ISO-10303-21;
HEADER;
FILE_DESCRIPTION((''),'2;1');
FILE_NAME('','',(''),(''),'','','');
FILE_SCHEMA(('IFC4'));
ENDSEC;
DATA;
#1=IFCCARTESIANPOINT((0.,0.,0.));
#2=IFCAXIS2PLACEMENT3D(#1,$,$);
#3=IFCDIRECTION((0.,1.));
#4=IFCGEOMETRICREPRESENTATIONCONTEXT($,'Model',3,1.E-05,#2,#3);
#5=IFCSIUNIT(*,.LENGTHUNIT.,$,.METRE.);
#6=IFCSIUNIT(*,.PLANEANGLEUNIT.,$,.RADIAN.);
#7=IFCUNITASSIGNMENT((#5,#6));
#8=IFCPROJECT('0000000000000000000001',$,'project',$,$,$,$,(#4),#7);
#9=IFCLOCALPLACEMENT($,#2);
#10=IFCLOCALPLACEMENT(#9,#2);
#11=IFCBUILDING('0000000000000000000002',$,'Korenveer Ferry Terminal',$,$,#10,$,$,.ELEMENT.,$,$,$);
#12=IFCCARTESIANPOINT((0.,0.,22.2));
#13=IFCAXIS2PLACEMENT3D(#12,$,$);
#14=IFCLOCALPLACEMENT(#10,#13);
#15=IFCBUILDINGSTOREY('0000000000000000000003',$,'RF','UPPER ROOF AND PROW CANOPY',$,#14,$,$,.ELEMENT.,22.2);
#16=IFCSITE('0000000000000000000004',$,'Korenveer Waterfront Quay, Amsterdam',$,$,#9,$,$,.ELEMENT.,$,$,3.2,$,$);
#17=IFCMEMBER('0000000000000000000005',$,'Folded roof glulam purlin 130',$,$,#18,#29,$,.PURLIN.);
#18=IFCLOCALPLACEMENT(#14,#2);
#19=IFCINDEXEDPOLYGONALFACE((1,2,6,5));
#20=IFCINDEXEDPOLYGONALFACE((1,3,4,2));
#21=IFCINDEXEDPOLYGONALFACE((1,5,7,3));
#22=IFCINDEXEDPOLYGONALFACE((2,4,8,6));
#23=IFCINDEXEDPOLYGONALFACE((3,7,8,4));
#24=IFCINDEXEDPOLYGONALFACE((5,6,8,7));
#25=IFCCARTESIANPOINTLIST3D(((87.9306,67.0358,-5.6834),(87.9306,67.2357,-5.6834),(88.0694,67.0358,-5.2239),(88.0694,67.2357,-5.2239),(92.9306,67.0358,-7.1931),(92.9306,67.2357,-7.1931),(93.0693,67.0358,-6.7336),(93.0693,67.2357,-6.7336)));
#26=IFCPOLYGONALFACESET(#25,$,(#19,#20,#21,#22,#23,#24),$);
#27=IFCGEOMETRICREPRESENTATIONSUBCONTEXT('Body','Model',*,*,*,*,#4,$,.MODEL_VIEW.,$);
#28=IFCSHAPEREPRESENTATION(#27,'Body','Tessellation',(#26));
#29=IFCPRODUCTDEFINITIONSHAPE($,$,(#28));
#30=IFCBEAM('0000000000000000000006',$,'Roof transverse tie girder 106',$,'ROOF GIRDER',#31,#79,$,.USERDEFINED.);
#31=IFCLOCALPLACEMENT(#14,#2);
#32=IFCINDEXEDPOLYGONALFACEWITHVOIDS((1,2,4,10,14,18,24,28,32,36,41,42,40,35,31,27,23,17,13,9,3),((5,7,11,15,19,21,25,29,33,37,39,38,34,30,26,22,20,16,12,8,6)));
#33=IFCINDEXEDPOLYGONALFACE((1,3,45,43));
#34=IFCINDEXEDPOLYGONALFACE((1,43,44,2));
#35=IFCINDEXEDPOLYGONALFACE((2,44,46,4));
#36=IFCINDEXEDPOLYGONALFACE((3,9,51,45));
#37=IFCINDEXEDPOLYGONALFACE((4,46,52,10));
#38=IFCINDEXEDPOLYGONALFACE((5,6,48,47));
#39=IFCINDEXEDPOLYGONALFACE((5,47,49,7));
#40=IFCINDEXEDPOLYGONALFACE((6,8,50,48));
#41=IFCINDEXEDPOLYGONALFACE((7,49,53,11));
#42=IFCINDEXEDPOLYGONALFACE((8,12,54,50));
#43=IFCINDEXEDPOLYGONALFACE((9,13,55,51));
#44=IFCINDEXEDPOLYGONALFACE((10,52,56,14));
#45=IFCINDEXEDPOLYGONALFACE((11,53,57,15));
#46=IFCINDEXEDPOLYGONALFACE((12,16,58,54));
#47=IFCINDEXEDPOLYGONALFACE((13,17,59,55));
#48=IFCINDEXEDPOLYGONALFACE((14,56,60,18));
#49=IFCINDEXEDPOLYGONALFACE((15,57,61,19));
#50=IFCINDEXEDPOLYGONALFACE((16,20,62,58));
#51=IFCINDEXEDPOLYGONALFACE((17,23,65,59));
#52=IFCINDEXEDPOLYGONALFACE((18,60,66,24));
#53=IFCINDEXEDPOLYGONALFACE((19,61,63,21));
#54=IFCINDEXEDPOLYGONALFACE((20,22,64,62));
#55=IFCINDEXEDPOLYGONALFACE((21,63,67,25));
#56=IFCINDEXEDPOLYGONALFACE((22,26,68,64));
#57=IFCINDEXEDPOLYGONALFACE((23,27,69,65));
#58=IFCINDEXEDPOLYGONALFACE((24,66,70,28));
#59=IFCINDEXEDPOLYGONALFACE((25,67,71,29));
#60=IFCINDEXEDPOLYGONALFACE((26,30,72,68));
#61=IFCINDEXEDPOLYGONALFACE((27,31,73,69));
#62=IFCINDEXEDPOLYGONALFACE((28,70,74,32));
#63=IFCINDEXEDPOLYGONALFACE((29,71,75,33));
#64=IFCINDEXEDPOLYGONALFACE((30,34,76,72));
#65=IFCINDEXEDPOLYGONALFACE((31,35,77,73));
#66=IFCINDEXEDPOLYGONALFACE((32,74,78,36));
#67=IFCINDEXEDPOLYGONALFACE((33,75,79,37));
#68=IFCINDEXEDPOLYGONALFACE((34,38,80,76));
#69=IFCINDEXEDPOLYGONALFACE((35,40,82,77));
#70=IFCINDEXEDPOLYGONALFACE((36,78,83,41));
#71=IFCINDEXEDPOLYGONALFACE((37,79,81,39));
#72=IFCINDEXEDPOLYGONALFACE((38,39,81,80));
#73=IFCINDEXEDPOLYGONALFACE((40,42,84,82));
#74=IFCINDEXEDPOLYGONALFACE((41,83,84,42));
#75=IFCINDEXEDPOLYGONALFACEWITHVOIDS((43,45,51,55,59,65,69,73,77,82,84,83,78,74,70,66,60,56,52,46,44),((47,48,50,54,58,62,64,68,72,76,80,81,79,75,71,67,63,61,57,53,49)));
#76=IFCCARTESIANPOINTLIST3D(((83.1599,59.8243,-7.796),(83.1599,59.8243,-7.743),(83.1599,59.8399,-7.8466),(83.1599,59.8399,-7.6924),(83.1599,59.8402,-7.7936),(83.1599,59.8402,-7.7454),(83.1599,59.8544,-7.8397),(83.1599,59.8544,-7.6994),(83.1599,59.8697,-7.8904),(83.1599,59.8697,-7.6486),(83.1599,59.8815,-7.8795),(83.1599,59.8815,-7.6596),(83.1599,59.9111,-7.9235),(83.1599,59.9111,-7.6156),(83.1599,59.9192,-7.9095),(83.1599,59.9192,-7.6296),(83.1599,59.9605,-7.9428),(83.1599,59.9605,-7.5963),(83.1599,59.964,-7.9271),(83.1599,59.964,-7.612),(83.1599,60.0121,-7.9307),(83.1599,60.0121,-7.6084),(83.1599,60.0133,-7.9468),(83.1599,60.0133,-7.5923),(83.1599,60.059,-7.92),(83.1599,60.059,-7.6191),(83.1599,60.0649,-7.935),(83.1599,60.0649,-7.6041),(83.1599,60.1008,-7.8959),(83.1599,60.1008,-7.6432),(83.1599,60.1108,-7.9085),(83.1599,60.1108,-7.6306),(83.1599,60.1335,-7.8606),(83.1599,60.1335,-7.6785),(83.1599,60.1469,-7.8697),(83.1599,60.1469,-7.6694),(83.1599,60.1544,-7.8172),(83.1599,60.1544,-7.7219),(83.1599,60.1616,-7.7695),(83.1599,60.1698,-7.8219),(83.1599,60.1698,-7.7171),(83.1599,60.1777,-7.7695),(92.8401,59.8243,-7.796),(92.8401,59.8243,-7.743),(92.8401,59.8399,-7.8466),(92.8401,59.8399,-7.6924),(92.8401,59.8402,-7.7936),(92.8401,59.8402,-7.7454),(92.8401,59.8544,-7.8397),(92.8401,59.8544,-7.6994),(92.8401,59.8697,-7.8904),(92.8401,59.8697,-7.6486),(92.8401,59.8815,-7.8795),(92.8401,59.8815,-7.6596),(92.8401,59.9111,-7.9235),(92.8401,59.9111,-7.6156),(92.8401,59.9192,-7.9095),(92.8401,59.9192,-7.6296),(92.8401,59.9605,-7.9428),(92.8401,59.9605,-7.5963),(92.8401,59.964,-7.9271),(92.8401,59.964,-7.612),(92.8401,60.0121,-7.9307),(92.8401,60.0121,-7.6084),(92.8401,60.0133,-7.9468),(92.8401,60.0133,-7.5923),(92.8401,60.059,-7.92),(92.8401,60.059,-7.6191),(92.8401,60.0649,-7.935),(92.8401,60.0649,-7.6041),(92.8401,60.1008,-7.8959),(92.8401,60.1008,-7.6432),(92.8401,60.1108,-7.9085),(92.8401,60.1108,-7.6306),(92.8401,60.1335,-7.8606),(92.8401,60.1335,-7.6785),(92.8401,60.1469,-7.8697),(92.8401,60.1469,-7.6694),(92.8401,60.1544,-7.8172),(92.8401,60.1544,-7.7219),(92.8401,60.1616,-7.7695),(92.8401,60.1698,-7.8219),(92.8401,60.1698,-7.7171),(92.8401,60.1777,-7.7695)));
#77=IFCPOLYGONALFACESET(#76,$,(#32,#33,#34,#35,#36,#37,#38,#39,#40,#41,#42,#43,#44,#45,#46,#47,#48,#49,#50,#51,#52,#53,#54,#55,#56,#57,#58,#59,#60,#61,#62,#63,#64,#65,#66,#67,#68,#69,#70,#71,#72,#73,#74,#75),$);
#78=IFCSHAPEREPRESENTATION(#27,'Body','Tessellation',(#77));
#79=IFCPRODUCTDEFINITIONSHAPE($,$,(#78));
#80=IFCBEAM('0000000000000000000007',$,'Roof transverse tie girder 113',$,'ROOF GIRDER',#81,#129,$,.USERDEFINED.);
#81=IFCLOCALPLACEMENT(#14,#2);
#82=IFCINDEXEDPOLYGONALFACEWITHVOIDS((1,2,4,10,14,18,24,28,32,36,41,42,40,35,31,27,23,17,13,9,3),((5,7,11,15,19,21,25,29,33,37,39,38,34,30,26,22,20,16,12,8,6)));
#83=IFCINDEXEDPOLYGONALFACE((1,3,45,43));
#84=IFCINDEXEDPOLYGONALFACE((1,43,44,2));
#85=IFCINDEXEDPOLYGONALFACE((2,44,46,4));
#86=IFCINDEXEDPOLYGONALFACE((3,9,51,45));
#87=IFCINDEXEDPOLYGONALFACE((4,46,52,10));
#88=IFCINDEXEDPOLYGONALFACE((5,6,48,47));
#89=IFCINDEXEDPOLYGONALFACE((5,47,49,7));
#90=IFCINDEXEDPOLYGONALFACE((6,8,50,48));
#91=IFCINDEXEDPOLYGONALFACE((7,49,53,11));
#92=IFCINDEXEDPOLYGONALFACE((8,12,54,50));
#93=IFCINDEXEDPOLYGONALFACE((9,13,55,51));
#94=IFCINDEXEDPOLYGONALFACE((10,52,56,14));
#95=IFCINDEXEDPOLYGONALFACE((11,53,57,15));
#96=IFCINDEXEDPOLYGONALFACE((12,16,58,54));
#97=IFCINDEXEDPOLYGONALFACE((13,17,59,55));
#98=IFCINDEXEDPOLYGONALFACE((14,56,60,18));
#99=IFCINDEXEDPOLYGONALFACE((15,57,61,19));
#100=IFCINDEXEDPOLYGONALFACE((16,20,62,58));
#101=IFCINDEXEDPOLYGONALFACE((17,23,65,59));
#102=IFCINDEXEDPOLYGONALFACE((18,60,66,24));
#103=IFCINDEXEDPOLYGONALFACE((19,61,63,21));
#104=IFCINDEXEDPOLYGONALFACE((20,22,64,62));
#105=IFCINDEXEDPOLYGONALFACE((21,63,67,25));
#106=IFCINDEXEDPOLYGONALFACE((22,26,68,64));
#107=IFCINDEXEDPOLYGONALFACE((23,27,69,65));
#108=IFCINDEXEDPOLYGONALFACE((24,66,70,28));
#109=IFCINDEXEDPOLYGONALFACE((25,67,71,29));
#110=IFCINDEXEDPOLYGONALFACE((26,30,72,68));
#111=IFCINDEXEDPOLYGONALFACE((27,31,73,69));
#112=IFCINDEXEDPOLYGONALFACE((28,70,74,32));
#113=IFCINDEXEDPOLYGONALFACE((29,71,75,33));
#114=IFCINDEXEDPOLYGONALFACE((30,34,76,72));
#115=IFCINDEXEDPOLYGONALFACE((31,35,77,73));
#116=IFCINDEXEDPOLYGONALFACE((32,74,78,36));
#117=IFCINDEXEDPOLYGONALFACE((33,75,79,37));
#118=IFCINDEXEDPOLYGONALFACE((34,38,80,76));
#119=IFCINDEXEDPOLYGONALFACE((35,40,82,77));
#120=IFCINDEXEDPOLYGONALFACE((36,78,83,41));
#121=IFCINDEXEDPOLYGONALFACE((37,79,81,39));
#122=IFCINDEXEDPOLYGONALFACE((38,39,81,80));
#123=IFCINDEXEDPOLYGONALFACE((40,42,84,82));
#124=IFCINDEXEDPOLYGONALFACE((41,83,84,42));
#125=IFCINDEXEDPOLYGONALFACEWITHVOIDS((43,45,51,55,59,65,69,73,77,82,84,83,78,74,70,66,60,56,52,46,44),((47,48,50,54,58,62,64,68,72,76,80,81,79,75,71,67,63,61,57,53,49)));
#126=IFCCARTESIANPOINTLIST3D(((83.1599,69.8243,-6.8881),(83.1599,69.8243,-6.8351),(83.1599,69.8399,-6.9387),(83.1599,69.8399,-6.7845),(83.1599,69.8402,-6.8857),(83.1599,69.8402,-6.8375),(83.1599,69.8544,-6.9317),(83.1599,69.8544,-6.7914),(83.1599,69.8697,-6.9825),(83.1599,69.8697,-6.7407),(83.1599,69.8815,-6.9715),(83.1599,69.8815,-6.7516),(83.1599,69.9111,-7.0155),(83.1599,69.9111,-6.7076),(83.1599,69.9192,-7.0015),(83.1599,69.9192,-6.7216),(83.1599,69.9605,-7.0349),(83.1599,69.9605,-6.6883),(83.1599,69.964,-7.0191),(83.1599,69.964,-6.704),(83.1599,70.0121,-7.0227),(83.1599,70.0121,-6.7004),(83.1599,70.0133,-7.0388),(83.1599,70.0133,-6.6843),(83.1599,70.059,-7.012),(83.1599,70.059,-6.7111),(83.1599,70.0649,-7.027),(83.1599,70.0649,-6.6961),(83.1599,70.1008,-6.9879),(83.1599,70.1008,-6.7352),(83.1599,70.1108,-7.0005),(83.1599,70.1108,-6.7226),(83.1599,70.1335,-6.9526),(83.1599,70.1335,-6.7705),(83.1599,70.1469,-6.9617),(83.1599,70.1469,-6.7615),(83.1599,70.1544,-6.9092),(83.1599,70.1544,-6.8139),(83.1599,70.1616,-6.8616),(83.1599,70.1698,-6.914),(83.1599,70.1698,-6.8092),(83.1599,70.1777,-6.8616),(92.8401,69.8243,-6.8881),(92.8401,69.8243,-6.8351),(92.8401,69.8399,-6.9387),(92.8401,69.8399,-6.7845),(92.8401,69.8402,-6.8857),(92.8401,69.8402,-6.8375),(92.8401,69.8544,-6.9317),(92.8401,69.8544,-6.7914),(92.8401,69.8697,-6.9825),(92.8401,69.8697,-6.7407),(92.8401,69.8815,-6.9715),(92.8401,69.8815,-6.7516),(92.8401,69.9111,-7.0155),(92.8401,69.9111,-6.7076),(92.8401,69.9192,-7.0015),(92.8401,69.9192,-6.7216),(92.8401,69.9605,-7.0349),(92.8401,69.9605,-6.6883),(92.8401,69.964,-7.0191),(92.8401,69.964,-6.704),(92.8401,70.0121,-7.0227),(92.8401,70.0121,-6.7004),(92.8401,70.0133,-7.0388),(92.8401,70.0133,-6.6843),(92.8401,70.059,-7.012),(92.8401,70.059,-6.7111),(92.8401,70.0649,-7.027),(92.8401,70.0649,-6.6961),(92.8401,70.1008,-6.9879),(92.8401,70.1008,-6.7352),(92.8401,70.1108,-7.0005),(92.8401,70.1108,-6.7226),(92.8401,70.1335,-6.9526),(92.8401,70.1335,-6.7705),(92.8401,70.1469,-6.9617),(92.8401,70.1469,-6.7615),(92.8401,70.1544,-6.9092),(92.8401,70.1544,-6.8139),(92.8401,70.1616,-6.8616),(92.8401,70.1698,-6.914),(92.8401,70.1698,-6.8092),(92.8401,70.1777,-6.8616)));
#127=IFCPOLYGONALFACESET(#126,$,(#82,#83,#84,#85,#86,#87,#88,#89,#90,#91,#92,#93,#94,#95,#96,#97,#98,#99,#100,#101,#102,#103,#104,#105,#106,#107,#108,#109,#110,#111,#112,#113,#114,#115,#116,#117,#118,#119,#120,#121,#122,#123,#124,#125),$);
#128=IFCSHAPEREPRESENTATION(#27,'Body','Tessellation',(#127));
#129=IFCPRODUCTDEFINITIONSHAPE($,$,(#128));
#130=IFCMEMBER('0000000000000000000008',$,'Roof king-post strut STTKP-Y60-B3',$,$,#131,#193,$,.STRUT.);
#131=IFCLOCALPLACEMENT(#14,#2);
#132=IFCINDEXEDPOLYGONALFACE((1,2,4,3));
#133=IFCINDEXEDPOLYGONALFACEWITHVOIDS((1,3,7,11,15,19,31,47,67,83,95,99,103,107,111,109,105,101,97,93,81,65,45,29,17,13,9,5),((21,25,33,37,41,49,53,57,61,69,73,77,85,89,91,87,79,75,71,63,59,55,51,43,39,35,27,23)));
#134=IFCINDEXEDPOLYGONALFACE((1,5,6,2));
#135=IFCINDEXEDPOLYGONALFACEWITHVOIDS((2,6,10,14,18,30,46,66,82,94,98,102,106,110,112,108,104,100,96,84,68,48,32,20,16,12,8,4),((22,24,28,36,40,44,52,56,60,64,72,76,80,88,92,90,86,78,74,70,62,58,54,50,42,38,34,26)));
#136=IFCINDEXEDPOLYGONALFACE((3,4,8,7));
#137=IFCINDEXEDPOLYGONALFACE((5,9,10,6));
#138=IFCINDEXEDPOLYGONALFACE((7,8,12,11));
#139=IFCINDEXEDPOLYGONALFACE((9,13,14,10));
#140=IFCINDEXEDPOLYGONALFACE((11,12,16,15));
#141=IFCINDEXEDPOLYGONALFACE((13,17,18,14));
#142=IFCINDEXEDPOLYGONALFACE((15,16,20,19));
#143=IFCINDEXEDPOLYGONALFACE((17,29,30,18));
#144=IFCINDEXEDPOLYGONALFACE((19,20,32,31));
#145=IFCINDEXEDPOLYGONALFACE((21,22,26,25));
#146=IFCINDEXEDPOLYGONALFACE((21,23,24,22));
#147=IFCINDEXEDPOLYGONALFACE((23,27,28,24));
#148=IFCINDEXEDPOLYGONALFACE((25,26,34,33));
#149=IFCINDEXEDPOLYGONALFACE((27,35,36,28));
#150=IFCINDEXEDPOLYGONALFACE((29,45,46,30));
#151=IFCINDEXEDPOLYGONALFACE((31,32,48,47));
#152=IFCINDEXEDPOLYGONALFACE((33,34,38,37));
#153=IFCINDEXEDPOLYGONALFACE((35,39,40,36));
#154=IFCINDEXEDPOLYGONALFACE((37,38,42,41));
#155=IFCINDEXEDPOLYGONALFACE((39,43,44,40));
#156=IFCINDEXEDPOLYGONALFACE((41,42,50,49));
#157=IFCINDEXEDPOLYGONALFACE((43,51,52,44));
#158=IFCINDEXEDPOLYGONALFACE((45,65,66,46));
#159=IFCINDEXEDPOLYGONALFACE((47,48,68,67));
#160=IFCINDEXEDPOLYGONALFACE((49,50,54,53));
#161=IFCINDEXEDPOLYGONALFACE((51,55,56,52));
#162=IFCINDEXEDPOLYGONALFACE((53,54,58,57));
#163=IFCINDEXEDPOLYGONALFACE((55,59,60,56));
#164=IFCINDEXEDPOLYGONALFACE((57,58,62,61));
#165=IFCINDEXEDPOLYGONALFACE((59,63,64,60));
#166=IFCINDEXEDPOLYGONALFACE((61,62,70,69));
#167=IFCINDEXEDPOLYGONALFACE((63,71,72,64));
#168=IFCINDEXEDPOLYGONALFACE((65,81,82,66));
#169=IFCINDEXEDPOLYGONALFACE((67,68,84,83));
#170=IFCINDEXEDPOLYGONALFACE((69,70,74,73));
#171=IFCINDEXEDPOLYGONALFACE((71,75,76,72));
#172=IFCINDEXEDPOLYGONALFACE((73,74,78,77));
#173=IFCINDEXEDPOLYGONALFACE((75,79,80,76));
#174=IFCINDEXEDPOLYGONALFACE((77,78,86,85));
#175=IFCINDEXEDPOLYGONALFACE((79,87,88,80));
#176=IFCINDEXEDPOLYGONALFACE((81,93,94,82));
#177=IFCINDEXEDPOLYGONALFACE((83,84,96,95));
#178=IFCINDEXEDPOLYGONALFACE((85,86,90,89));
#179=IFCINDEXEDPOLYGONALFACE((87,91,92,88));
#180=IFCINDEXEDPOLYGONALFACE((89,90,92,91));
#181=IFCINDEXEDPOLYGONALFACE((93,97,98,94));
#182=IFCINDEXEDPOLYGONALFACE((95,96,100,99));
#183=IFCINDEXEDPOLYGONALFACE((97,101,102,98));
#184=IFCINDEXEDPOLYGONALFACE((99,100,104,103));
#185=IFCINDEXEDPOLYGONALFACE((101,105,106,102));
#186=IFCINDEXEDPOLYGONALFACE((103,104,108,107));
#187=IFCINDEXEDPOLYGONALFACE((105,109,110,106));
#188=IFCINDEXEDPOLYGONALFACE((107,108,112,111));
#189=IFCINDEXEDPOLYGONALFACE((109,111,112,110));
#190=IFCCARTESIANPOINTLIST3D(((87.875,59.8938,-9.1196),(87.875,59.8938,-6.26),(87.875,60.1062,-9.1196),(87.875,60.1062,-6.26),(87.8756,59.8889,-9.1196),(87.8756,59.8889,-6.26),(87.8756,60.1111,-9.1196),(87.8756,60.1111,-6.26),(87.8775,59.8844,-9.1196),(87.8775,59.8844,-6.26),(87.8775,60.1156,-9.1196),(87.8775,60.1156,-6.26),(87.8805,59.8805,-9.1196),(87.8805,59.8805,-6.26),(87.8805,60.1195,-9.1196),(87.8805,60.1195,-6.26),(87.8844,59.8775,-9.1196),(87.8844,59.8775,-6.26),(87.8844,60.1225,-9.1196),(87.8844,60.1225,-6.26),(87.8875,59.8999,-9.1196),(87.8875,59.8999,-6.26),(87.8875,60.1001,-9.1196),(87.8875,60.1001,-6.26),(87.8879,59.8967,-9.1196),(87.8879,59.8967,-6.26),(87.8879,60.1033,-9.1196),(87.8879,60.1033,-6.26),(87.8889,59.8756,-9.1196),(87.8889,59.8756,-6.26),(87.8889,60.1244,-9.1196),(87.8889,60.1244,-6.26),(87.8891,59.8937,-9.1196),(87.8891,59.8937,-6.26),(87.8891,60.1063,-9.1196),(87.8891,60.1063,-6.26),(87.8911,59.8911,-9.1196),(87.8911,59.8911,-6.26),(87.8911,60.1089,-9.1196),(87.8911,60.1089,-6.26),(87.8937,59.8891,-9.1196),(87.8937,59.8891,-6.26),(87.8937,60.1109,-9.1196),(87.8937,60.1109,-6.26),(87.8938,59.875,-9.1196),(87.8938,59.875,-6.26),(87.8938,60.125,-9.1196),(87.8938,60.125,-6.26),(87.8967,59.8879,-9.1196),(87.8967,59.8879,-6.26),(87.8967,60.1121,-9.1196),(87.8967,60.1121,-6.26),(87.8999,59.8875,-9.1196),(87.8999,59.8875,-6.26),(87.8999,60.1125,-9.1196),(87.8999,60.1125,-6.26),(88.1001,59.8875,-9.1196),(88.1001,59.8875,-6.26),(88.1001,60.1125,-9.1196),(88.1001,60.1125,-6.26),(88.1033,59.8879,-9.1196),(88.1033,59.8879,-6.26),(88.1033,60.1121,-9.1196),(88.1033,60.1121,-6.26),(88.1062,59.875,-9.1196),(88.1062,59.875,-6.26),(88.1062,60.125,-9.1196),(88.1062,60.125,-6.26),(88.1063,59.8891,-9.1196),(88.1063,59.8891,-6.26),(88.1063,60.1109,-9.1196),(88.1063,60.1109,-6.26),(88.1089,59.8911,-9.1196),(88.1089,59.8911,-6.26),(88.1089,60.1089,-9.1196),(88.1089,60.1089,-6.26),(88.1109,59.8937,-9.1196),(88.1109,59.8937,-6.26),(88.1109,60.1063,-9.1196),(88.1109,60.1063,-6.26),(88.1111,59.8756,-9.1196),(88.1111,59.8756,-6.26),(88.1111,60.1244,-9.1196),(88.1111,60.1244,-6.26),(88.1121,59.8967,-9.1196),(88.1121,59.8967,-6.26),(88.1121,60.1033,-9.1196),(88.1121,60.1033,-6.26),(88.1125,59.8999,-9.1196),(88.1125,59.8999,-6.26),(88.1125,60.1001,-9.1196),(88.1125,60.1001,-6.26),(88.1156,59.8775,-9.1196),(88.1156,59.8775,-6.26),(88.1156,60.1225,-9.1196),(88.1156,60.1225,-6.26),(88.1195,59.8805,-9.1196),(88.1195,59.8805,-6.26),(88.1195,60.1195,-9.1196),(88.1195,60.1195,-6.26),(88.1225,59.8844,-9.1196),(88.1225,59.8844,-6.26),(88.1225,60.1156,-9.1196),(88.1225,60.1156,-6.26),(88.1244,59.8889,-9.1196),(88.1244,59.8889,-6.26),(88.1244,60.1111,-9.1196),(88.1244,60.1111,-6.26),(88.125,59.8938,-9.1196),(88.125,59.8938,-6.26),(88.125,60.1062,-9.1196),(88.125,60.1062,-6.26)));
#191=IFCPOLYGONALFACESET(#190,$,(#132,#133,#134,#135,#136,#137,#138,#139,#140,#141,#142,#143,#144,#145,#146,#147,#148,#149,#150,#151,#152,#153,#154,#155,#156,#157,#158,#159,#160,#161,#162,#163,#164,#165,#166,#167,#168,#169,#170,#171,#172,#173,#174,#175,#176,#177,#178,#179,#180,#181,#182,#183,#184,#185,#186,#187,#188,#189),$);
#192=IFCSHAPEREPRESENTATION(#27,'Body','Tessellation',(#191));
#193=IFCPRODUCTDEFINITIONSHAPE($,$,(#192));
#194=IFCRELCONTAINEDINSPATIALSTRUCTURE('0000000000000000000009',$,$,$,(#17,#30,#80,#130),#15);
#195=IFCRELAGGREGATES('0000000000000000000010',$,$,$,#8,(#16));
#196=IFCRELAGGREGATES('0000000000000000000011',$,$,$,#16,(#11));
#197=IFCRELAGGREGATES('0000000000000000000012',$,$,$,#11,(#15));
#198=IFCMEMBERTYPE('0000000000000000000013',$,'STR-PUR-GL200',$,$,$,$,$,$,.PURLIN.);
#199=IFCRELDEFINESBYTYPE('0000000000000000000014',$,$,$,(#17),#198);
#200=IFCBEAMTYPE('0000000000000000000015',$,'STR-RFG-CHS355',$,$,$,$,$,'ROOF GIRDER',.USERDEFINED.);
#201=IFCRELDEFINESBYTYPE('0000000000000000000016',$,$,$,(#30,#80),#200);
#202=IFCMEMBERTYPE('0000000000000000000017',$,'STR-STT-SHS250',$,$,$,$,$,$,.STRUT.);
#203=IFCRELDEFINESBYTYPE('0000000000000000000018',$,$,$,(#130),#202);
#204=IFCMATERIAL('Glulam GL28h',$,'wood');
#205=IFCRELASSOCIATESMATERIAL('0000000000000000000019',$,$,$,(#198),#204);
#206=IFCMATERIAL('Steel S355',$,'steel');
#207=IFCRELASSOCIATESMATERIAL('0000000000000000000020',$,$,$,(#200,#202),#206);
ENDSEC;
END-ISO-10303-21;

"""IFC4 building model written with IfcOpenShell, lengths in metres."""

from ifc_helpers import new_model, si_unit, direction, frame, origin, origin_2d, place, context, subcontext, project, spatial, rectangle, hollow_rectangle, hollow_circle, extrude, material, material_profile, profile_set, type_object, element, save


model = new_model("IFC4")

# Units and contexts
model_context = context("Model", 3, precision=1e-05, world=origin(), true_north=direction((0.0, 1.0)))
body_context = subcontext(model_context, "Body", "Model", "MODEL_VIEW")
ifc_project = project(units=[si_unit("LENGTHUNIT", "METRE"), si_unit("PLANEANGLEUNIT", "RADIAN")], contexts=[model_context])

# Site, building, storey
site_placement = place(None, origin())
site = spatial("IfcSite", under=ifc_project, at=site_placement, Name="Korenveer Waterfront Quay, Amsterdam", CompositionType="ELEMENT", RefElevation=3.2)
building_placement = place(site_placement, origin())
building = spatial("IfcBuilding", under=site, at=building_placement, Name="Korenveer Ferry Terminal", CompositionType="ELEMENT")
storey_placement = place(building_placement, frame((0.0, 0.0, 22.2)))
storey = spatial("IfcBuildingStorey", under=building, at=storey_placement, Name="RF", Description="UPPER ROOF AND PROW CANOPY", CompositionType="ELEMENT", Elevation=22.2)

# Member
ifc_material_1 = material(Name="Glulam GL28h", Category="wood")
ifc_material_profile_1 = material_profile(ifc_material_1, rectangle(XDim=0.2, YDim=0.48, at=origin_2d()), Name="GL 200x480")
ifc_profile_set_1 = profile_set([ifc_material_profile_1], Name="Glulam GL28h")
member_type_1 = type_object("IfcMemberType", Name="STR-PUR-GL200", PredefinedType="PURLIN", material=ifc_profile_set_1)
for number, where, z_axis, x_axis, name in (
    (1, (88.0, 67.1357, -5.4536), (0.95731, 0.0, -0.289063), (0.0, 1.0, 0.0), "Folded roof glulam purlin 130"),
):
    element("IfcMember", number, at=place(storey_placement, frame(where, z_axis=z_axis, x_axis=x_axis)), inside=storey, type_object=member_type_1, Name=name, PredefinedType="PURLIN", context=body_context, shape_type="SweptSolid", body=[
        extrude(rectangle(XDim=0.2, YDim=0.48, at=origin_2d()), origin(), (0.0, 0.0, 1.0), 5.2229),
    ])

# Beams
ifc_material_2 = material(Name="Steel S355", Category="steel")
ifc_material_profile_2 = material_profile(ifc_material_2, hollow_circle(Radius=0.1777, WallThickness=0.0161, at=origin_2d()), Name="CHS 355.6x16")
ifc_profile_set_2 = profile_set([ifc_material_profile_2], Name="Steel S355")
beam_type = type_object("IfcBeamType", Name="STR-RFG-CHS355", ElementType="ROOF GIRDER", PredefinedType="USERDEFINED", material=ifc_profile_set_2)
for number, where, z_axis, x_axis, name in (
    (2, (83.1599, 60.0, -7.7695), (1.0, 0.0, 0.0), (0.0, 1.0, 0.0), "Roof transverse tie girder 106"),
    (3, (83.1599, 70.0, -6.8616), (1.0, 0.0, 0.0), (0.0, 1.0, 0.0), "Roof transverse tie girder 113"),
):
    element("IfcBeam", number, at=place(storey_placement, frame(where, z_axis=z_axis, x_axis=x_axis)), inside=storey, type_object=beam_type, Name=name, ObjectType="ROOF GIRDER", PredefinedType="USERDEFINED", context=body_context, shape_type="SweptSolid", body=[
        extrude(hollow_circle(Radius=0.1777, WallThickness=0.0161, at=origin_2d()), origin(), (0.0, 0.0, 1.0), 9.6802),
    ])

# Member
ifc_material_profile_3 = material_profile(ifc_material_2, hollow_rectangle(XDim=0.25, YDim=0.25, WallThickness=0.0125, InnerFilletRadius=0.0125, OuterFilletRadius=0.0188, at=origin_2d()), Name="SHS 250x250x12.5")
ifc_profile_set_3 = profile_set([ifc_material_profile_3], Name="Steel S355")
member_type_2 = type_object("IfcMemberType", Name="STR-STT-SHS250", PredefinedType="STRUT", material=ifc_profile_set_3)
for number, where, z_axis, x_axis, name in (
    (4, (88.0, 60.0, -9.1196), (0.0, 0.0, 1.0), (1.0, 0.0, 0.0), "Roof king-post strut STTKP-Y60-B3"),
):
    element("IfcMember", number, at=place(storey_placement, frame(where, z_axis=z_axis, x_axis=x_axis)), inside=storey, type_object=member_type_2, Name=name, PredefinedType="STRUT", context=body_context, shape_type="SweptSolid", body=[
        extrude(hollow_rectangle(XDim=0.25, YDim=0.25, WallThickness=0.0125, InnerFilletRadius=0.0125, OuterFilletRadius=0.0188, at=origin_2d()), origin(), (0.0, 0.0, 1.0), 2.8596),
    ])

save(model, "model.ifc")
